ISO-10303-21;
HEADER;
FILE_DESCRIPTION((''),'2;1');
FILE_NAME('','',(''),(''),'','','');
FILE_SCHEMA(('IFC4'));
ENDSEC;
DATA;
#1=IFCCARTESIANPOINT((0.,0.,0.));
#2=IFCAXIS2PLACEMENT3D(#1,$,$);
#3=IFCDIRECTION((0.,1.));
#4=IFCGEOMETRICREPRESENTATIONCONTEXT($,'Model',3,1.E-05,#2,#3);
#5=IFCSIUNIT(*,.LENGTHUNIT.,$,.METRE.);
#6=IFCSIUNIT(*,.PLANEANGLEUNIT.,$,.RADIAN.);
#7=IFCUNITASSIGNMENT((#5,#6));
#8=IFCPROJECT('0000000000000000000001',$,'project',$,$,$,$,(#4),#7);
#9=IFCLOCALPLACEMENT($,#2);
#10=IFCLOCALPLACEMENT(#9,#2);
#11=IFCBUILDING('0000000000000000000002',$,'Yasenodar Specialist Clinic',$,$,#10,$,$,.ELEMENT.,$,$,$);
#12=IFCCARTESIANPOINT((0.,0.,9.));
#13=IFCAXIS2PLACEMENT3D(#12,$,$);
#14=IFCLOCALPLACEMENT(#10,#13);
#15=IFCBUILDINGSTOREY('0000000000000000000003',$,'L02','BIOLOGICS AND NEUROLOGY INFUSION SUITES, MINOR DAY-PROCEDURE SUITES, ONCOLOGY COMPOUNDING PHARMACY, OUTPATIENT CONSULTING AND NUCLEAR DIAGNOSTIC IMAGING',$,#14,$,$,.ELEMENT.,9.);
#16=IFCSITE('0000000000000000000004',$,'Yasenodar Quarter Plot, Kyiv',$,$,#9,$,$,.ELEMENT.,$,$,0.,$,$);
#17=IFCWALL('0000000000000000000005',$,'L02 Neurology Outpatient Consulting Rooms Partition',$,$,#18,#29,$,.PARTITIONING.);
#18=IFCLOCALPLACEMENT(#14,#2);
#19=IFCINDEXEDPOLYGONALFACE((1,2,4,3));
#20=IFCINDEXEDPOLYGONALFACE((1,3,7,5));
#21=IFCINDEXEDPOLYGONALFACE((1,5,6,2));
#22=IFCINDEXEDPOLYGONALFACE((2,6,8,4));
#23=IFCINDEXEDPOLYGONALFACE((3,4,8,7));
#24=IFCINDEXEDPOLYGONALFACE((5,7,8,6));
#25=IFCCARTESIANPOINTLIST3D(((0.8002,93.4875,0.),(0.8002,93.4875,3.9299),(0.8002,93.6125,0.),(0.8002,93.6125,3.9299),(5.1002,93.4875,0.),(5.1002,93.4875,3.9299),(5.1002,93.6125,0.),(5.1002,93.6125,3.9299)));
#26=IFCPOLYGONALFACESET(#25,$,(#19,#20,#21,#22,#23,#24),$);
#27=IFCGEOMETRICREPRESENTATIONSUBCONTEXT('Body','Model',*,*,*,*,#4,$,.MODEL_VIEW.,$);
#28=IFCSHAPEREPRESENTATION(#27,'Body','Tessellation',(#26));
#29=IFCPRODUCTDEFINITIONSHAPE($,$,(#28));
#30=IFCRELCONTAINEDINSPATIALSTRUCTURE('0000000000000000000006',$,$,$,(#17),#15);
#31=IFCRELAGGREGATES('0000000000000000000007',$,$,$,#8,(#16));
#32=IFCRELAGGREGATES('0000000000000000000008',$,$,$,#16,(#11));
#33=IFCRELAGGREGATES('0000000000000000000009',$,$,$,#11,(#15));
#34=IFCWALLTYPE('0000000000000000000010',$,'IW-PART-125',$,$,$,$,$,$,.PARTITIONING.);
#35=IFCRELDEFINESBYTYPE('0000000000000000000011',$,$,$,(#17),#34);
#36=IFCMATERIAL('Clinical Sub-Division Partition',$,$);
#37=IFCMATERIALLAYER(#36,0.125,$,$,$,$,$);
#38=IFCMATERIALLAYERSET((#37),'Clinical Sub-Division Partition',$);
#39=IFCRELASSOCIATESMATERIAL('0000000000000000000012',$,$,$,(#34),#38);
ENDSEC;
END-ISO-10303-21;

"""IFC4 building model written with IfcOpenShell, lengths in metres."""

from ifc_helpers import new_model, si_unit, direction, frame, frame_2d, origin, place, context, subcontext, project, spatial, rectangle, extrude, material, layer, layer_set, type_object, element, save


model = new_model("IFC4")

# Units and contexts
model_context = context("Model", 3, precision=1e-05, world=origin(), true_north=direction((0.0, 1.0)))
body_context = subcontext(model_context, "Body", "Model", "MODEL_VIEW")
ifc_project = project(units=[si_unit("LENGTHUNIT", "METRE"), si_unit("PLANEANGLEUNIT", "RADIAN")], contexts=[model_context])

# Site, building, storey
site_placement = place(None, origin())
site = spatial("IfcSite", under=ifc_project, at=site_placement, Name="Yasenodar Quarter Plot, Kyiv", CompositionType="ELEMENT", RefElevation=0.0)
building_placement = place(site_placement, origin())
building = spatial("IfcBuilding", under=site, at=building_placement, Name="Yasenodar Specialist Clinic", CompositionType="ELEMENT")
storey_placement = place(building_placement, frame((0.0, 0.0, 9.0)))
storey = spatial("IfcBuildingStorey", under=building, at=storey_placement, Name="L02", Description="BIOLOGICS AND NEUROLOGY INFUSION SUITES, MINOR DAY-PROCEDURE SUITES, ONCOLOGY COMPOUNDING PHARMACY, OUTPATIENT CONSULTING AND NUCLEAR DIAGNOSTIC IMAGING", CompositionType="ELEMENT", Elevation=9.0)

# Wall
ifc_material_1 = material(Name="Clinical Sub-Division Partition")
ifc_layer_1 = layer(ifc_material_1, 0.125)
ifc_layer_set_1 = layer_set([ifc_layer_1], Name="Clinical Sub-Division Partition")
wall_type_1 = type_object("IfcWallType", Name="IW-PART-125", PredefinedType="PARTITIONING", material=ifc_layer_set_1)
wall_1_placement = place(storey_placement, frame((5.1001, 93.55, 0.0), z_axis=(0.0, 0.0, 1.0), x_axis=(-1.0, 0.0, 0.0)))
element("IfcWall", 1, at=wall_1_placement, inside=storey, type_object=wall_type_1, Name="L02 Neurology Outpatient Consulting Rooms Partition", PredefinedType="PARTITIONING", context=body_context, shape_type="SweptSolid", body=[
    extrude(rectangle(XDim=4.3, YDim=0.125, at=frame_2d((2.1499, 0.0))), origin(), (0.0, 0.0, 1.0), 3.9299),
])

save(model, "model.ifc")
